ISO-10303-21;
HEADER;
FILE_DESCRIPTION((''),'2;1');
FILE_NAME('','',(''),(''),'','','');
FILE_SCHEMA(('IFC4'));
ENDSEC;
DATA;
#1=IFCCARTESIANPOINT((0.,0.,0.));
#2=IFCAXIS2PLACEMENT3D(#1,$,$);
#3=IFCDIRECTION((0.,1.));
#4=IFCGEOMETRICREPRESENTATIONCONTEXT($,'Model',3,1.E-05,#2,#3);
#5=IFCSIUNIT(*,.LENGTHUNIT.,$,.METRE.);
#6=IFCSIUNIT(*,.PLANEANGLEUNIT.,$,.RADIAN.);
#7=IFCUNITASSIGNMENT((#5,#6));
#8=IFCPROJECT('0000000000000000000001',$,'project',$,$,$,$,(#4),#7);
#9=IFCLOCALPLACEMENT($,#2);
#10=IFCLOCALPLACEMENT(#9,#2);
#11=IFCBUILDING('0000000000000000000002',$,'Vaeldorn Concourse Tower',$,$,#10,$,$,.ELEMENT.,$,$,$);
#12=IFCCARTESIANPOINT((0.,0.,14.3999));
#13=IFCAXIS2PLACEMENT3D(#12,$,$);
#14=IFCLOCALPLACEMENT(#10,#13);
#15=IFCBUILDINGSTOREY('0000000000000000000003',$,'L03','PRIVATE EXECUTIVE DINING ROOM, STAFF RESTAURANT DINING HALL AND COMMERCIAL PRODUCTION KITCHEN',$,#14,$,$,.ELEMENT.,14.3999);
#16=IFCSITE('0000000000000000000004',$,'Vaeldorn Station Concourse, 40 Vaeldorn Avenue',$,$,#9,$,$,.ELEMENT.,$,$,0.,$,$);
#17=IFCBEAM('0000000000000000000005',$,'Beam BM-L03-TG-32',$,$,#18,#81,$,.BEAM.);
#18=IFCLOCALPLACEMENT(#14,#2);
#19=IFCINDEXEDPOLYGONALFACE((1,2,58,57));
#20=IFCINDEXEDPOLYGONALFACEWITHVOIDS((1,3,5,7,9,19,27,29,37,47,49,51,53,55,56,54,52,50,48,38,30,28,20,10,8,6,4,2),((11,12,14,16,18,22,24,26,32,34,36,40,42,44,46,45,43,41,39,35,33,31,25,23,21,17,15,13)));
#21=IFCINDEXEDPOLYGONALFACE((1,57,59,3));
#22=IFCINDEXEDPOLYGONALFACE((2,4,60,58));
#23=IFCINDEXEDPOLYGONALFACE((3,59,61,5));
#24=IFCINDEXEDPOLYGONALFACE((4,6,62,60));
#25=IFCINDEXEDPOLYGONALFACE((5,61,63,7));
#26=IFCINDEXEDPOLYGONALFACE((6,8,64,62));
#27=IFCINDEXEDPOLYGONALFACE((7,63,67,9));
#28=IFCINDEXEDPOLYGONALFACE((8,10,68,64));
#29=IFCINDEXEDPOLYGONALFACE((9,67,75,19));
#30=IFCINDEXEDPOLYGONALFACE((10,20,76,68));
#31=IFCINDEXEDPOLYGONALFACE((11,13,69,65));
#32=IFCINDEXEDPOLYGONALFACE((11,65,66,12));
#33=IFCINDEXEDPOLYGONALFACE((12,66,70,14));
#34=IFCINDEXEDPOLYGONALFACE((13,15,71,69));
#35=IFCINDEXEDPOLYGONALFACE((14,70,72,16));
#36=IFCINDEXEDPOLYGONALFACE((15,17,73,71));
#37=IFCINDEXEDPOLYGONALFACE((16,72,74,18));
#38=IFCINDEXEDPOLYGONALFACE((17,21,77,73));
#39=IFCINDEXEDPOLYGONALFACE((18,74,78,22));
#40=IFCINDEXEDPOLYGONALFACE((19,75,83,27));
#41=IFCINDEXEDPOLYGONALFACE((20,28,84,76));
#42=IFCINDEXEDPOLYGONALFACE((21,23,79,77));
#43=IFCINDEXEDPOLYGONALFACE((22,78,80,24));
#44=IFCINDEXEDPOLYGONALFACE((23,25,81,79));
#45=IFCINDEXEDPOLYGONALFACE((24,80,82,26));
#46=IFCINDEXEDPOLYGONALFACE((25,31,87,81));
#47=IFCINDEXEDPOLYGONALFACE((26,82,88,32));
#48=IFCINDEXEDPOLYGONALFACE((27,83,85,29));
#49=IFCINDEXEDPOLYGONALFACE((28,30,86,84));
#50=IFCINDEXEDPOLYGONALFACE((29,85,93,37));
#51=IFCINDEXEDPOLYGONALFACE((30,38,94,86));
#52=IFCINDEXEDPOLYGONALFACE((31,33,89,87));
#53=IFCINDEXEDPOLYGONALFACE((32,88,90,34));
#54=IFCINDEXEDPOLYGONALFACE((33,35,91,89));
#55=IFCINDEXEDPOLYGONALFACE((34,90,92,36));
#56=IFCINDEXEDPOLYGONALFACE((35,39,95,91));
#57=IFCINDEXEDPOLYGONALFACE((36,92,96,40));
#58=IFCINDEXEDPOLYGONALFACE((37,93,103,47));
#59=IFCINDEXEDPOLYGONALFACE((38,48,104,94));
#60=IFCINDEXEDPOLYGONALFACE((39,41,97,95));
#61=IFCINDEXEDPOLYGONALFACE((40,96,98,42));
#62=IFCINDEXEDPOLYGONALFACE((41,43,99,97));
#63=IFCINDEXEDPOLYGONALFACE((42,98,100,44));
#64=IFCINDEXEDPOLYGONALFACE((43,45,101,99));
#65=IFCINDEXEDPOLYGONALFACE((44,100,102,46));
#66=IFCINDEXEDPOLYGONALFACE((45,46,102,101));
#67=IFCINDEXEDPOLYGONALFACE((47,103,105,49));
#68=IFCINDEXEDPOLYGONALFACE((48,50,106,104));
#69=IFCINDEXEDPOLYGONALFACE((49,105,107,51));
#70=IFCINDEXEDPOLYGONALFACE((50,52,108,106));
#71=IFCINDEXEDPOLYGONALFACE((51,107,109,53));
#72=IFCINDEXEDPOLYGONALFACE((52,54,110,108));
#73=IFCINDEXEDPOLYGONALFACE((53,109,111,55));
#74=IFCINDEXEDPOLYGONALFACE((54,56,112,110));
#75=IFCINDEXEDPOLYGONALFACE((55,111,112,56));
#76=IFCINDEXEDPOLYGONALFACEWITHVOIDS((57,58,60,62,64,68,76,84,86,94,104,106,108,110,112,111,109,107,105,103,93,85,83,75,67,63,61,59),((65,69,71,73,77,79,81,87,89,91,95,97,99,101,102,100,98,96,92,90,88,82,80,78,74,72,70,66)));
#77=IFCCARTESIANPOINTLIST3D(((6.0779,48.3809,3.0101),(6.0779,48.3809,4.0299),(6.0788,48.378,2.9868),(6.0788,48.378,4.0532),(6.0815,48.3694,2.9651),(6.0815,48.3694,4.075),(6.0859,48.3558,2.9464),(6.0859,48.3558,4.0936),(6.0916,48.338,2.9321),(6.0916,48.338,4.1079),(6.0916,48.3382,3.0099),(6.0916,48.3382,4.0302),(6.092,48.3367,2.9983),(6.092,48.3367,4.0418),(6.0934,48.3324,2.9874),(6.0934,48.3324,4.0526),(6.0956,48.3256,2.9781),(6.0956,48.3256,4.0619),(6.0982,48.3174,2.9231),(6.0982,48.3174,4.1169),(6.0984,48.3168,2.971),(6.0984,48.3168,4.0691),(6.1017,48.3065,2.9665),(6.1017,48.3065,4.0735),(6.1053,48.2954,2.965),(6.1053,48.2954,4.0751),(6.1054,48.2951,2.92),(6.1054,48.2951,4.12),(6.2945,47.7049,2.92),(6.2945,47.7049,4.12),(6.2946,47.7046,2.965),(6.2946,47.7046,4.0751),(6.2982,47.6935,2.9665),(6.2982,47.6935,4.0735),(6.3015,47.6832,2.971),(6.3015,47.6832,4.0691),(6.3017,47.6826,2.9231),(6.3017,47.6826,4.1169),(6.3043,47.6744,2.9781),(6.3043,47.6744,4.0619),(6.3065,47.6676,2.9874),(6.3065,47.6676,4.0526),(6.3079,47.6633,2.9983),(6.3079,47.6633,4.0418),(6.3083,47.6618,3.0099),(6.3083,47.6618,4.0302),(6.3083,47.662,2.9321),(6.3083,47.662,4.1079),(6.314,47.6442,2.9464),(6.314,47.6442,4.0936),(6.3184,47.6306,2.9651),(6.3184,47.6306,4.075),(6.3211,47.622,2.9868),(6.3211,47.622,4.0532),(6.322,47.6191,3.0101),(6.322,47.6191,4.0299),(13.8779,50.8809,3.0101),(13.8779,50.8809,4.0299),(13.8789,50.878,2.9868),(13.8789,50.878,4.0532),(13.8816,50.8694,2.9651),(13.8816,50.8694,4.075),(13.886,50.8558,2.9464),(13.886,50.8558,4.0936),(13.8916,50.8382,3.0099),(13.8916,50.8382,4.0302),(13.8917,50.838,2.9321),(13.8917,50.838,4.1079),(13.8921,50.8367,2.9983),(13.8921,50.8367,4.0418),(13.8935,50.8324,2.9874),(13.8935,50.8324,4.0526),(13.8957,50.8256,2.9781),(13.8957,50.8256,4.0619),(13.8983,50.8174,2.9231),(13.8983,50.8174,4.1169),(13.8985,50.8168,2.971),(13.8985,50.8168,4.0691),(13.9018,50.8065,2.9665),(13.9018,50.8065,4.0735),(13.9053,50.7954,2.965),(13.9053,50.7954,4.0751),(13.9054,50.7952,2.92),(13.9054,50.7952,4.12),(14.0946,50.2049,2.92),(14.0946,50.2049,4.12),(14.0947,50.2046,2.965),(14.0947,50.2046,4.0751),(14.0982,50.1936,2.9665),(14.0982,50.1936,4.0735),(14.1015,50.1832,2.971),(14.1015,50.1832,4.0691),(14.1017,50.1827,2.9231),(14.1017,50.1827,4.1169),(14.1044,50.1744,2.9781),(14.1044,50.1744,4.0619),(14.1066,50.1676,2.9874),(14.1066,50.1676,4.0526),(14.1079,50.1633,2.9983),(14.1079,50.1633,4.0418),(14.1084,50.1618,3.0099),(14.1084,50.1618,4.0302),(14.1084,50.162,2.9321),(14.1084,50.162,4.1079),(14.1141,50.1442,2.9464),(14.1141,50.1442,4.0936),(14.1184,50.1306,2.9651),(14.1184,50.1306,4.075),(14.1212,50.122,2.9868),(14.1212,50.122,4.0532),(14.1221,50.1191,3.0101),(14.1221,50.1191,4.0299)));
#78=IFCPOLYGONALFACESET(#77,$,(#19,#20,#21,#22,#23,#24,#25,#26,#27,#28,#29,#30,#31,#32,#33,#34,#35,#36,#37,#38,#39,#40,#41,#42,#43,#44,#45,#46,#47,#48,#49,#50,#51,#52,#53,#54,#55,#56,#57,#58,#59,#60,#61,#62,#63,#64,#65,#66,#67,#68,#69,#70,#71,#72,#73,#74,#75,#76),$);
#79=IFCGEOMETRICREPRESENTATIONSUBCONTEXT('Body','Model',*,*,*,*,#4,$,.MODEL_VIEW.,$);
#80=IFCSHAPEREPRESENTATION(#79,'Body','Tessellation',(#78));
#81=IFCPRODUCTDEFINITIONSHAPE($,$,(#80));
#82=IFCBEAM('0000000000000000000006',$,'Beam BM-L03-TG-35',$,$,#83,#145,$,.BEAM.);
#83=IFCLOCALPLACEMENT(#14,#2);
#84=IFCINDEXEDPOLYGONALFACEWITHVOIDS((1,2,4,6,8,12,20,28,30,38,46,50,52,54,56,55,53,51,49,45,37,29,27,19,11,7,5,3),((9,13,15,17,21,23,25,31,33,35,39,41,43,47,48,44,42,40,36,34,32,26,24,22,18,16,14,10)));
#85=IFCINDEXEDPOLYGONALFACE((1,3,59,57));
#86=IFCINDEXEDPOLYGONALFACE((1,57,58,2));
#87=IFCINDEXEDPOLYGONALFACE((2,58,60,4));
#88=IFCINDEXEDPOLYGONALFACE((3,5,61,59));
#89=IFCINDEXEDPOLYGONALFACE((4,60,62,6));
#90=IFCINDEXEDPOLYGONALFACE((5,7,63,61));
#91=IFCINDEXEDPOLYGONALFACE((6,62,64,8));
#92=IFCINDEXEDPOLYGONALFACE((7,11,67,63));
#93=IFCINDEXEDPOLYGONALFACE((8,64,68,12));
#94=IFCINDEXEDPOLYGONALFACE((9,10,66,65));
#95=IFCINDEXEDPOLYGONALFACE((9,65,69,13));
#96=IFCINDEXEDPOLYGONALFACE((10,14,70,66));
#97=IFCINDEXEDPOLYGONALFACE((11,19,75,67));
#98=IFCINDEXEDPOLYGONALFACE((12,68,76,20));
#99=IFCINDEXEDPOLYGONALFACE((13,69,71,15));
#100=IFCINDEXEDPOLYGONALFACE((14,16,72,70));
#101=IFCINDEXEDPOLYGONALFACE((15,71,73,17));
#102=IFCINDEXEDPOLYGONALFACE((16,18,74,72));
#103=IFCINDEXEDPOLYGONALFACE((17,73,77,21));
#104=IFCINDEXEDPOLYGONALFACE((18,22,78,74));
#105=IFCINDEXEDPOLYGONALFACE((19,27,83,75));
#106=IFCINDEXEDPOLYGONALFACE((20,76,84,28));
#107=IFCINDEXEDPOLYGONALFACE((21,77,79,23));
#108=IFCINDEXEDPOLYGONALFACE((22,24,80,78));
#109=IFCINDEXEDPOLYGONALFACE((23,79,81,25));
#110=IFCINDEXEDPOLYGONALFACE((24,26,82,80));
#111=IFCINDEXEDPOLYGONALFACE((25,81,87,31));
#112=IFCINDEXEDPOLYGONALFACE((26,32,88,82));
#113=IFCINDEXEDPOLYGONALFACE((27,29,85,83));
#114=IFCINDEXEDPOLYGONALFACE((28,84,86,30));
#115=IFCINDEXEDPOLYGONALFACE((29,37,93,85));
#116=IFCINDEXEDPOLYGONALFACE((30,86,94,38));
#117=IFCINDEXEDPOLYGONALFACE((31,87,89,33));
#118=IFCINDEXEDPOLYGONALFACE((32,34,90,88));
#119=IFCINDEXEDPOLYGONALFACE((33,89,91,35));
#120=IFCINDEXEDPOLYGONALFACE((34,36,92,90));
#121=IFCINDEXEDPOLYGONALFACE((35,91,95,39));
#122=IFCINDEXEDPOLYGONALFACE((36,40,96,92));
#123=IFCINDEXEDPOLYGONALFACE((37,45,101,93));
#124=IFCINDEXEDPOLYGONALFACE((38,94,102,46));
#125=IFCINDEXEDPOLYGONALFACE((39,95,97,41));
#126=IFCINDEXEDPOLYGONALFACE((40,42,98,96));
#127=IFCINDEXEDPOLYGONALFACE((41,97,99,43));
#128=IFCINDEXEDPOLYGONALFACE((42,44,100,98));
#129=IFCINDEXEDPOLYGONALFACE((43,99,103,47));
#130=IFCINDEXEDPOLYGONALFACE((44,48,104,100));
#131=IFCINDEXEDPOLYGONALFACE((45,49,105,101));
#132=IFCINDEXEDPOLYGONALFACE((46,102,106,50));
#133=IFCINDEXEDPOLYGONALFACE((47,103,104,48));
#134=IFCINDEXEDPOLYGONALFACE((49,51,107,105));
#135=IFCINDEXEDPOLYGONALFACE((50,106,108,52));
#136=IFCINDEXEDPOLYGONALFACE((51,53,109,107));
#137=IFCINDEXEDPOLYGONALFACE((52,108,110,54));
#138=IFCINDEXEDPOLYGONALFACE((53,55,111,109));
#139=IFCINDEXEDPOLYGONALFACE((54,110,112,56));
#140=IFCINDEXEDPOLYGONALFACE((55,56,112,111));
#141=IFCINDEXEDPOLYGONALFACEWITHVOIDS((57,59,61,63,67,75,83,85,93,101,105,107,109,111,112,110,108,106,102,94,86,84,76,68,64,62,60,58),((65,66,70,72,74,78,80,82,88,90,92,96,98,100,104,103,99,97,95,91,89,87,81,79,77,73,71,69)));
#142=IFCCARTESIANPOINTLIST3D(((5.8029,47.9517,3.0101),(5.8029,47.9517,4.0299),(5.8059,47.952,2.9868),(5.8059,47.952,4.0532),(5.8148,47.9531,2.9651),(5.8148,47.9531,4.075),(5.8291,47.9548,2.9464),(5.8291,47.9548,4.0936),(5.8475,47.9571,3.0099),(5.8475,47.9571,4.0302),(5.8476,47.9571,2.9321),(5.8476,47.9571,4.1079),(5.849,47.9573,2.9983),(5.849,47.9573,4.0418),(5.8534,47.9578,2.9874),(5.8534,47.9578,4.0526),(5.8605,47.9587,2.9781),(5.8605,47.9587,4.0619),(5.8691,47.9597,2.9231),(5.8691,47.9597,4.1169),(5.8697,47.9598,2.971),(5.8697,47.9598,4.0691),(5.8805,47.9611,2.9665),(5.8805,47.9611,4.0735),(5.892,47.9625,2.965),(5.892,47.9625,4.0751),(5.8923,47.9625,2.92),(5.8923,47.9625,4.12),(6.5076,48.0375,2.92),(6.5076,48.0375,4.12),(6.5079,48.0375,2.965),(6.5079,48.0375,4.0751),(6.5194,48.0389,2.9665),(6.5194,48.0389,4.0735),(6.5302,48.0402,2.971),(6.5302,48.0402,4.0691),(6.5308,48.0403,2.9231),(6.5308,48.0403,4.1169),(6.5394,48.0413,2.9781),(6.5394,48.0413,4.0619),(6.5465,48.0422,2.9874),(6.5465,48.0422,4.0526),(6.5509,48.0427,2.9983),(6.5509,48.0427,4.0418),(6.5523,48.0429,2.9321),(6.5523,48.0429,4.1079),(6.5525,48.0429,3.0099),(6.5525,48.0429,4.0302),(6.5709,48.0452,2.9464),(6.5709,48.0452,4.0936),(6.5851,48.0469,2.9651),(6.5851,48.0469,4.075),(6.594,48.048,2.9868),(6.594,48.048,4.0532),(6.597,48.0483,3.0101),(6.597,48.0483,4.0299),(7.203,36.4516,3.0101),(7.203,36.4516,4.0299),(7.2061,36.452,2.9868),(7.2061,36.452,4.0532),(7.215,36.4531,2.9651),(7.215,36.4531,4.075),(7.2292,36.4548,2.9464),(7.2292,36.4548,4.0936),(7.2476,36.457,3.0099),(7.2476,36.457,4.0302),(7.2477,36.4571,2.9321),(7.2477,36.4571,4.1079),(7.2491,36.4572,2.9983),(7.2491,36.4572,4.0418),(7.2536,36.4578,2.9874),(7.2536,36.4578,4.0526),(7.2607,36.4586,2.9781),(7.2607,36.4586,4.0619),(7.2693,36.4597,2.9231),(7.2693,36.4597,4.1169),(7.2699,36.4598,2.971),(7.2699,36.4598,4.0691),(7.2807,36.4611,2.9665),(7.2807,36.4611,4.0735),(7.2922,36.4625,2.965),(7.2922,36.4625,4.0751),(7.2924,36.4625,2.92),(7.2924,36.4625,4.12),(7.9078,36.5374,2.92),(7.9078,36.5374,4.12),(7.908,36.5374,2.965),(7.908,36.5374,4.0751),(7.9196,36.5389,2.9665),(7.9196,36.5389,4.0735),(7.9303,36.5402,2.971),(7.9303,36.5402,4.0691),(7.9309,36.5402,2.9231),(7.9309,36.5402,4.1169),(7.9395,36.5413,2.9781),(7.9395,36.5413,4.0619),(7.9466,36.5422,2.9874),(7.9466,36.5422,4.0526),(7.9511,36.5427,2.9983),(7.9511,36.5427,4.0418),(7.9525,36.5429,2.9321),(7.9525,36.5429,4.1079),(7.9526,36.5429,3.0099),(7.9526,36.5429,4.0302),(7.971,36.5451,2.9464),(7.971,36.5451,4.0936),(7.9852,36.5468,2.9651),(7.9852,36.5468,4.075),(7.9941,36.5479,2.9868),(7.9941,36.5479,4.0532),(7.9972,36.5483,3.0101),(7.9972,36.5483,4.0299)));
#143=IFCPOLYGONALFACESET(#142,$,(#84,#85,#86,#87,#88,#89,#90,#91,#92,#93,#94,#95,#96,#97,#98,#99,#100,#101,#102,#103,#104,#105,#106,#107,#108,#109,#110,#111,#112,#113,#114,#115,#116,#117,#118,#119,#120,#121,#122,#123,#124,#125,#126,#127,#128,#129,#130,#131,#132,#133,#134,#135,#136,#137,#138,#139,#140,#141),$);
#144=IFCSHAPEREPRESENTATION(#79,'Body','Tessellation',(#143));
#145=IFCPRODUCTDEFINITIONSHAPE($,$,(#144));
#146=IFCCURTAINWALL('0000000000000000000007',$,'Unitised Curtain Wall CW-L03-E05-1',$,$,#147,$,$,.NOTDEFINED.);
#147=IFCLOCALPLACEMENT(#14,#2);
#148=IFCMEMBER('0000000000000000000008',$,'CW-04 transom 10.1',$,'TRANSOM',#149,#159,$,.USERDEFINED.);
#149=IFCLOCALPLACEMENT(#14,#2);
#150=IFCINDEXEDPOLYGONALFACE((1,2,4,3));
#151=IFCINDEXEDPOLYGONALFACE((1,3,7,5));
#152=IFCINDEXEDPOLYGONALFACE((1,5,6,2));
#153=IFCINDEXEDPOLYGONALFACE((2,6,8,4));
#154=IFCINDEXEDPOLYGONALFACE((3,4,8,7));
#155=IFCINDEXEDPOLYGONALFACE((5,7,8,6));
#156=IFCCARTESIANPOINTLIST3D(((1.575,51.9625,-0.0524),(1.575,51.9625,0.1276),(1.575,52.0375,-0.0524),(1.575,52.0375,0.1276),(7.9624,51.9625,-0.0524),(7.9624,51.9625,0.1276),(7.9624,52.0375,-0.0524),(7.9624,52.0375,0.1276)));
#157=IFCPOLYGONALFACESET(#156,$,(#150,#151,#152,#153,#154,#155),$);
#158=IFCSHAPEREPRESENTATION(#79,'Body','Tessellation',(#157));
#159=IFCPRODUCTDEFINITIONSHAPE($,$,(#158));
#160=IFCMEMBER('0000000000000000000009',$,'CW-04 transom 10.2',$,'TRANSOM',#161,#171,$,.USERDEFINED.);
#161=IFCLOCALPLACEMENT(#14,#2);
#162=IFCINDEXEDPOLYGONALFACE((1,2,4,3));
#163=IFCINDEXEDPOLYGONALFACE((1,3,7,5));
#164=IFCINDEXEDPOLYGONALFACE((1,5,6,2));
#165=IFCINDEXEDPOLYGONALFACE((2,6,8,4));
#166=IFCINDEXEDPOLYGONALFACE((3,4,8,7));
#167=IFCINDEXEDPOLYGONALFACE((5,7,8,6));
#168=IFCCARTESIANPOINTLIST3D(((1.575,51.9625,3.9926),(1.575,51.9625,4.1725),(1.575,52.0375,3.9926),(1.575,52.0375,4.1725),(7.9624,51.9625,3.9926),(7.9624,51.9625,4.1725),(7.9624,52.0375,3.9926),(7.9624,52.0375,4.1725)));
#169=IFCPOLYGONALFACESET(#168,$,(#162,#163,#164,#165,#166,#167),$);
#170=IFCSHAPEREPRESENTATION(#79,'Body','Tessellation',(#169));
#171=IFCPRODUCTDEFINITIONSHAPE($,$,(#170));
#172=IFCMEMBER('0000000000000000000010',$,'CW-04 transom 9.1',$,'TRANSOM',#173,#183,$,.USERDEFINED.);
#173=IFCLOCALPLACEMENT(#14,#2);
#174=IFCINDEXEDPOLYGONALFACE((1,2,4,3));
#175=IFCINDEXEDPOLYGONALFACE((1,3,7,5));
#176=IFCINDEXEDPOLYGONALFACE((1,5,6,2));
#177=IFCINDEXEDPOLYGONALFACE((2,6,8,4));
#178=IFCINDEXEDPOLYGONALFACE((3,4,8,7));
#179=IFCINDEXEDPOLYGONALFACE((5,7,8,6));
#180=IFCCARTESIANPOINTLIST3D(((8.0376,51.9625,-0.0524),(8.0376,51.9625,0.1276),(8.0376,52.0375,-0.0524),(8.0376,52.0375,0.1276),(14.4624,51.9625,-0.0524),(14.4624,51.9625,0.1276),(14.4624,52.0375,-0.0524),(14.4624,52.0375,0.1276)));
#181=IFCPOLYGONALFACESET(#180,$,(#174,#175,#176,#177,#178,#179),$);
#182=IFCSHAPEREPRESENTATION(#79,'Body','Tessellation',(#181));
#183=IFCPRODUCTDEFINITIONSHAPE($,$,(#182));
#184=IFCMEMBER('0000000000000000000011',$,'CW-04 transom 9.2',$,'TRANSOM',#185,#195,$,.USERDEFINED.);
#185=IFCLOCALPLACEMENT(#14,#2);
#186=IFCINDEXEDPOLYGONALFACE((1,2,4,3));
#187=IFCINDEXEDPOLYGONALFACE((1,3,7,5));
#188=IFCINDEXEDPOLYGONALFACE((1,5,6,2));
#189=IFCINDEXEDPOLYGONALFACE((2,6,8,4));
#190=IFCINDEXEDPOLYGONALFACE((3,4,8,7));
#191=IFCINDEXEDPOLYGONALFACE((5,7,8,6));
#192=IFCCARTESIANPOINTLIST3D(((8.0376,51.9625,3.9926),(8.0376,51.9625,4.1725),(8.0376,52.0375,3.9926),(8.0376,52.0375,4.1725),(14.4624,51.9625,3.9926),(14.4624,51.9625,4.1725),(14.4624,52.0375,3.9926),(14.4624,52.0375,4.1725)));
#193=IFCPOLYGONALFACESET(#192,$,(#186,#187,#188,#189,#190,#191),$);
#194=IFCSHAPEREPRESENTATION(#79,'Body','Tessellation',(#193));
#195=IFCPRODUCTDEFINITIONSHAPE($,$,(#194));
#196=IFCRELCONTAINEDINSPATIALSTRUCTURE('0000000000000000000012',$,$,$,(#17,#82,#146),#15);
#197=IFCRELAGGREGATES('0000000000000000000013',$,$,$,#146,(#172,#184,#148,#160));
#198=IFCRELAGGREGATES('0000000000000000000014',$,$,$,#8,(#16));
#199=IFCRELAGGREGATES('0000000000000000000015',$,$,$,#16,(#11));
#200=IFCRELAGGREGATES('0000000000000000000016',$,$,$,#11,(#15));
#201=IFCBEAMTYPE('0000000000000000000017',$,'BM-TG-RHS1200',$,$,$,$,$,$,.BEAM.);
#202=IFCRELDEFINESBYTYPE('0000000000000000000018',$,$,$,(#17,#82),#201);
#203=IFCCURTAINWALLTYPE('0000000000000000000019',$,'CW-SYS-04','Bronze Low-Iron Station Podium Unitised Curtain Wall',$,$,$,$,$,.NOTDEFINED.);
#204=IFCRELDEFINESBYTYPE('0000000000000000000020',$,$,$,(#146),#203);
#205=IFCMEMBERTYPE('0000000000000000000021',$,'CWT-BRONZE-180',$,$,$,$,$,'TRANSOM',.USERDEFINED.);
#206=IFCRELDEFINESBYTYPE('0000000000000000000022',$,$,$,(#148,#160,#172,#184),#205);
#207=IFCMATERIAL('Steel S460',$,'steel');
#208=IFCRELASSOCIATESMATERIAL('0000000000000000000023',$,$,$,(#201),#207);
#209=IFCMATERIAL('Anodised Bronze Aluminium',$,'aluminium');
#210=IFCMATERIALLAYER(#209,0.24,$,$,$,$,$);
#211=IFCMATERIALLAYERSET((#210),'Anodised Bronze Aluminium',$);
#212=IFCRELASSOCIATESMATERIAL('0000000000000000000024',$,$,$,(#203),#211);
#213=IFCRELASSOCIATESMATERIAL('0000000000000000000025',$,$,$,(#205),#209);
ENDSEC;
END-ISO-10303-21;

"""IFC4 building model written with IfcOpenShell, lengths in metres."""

from ifc_helpers import new_model, si_unit, direction, frame, origin, origin_2d, place, context, subcontext, project, spatial, rectangle, hollow_rectangle, extrude, source, transform, mapped, material, layer, layer_set, material_profile, profile_set, type_object, element, aggregate, save


model = new_model("IFC4")

# Units and contexts
model_context = context("Model", 3, precision=1e-05, world=origin(), true_north=direction((0.0, 1.0)))
body_context = subcontext(model_context, "Body", "Model", "MODEL_VIEW")
ifc_project = project(units=[si_unit("LENGTHUNIT", "METRE"), si_unit("PLANEANGLEUNIT", "RADIAN")], contexts=[model_context])

# Site, building, storey
site_placement = place(None, origin())
site = spatial("IfcSite", under=ifc_project, at=site_placement, Name="Vaeldorn Station Concourse, 40 Vaeldorn Avenue", CompositionType="ELEMENT", RefElevation=0.0)
building_placement = place(site_placement, origin())
building = spatial("IfcBuilding", under=site, at=building_placement, Name="Vaeldorn Concourse Tower", CompositionType="ELEMENT")
storey_placement = place(building_placement, frame((0.0, 0.0, 14.3999)))
storey = spatial("IfcBuildingStorey", under=building, at=storey_placement, Name="L03", Description="PRIVATE EXECUTIVE DINING ROOM, STAFF RESTAURANT DINING HALL AND COMMERCIAL PRODUCTION KITCHEN", CompositionType="ELEMENT", Elevation=14.3999)

# Shared definitions
ifc_material_1 = material(Name="Steel S460", Category="steel")

# Beams
ifc_material_profile_1 = material_profile(ifc_material_1, hollow_rectangle(XDim=0.8, YDim=1.2, WallThickness=0.0449, InnerFilletRadius=0.0449, OuterFilletRadius=0.0901, at=origin_2d()), Name="RHS 1200x800x45")
ifc_profile_set_1 = profile_set([ifc_material_profile_1], Name="Steel S460")
beam_type = type_object("IfcBeamType", Name="BM-TG-RHS1200", PredefinedType="BEAM", material=ifc_profile_set_1)
shared_shape_1 = source(origin(), body_context, "Body", "SweptSolid", [
    extrude(hollow_rectangle(XDim=0.8, YDim=1.2, WallThickness=0.0449, InnerFilletRadius=0.0449, OuterFilletRadius=0.0901, at=origin_2d()), origin(), (0.0, 0.0, 1.0), 8.1909),
])
beam_1_placement = place(storey_placement, frame((6.2, 48.0, 3.52), z_axis=(0.952283, 0.305217, 0.0), x_axis=(-0.305217, 0.952283, 0.0)))
element("IfcBeam", 1, at=beam_1_placement, inside=storey, type_object=beam_type, Name="Beam BM-L03-TG-32", PredefinedType="BEAM", context=body_context, shape_type="MappedRepresentation", body=[
    mapped(shared_shape_1, transform((0.0, 0.0, 0.0), scale=1.0)),
])
shared_shape_2 = source(origin(), body_context, "Body", "SweptSolid", [
    extrude(hollow_rectangle(XDim=0.8, YDim=1.2, WallThickness=0.0449, InnerFilletRadius=0.0449, OuterFilletRadius=0.0901, at=origin_2d()), origin(), (0.0, 0.0, 1.0), 11.585),
])
beam_2_placement = place(storey_placement, frame((6.2, 48.0, 3.52), z_axis=(0.120859, -0.99267, 0.0), x_axis=(0.99267, 0.120859, 0.0)))
element("IfcBeam", 2, at=beam_2_placement, inside=storey, type_object=beam_type, Name="Beam BM-L03-TG-35", PredefinedType="BEAM", context=body_context, shape_type="MappedRepresentation", body=[
    mapped(shared_shape_2, transform((0.0, 0.0, 0.0), scale=1.0)),
])

# Curtain wall, members
ifc_material_2 = material(Name="Anodised Bronze Aluminium", Category="aluminium")
ifc_layer_1 = layer(ifc_material_2, 0.24)
ifc_layer_set_1 = layer_set([ifc_layer_1], Name="Anodised Bronze Aluminium")
curtain_wall_type = type_object("IfcCurtainWallType", Name="CW-SYS-04", Description="Bronze Low-Iron Station Podium Unitised Curtain Wall", PredefinedType="NOTDEFINED", material=ifc_layer_set_1)
curtain_wall_1_placement = place(storey_placement, origin())
curtain_wall_1 = element("IfcCurtainWall", 3, at=curtain_wall_1_placement, inside=storey, type_object=curtain_wall_type, Name="Unitised Curtain Wall CW-L03-E05-1", PredefinedType="NOTDEFINED")
ifc_material_profile_2 = material_profile(ifc_material_2, rectangle(XDim=0.075, YDim=0.1799, at=origin_2d()), Name="CWT 75x180")
ifc_profile_set_2 = profile_set([ifc_material_profile_2], Name="Anodised Bronze Aluminium")
member_type_1 = type_object("IfcMemberType", Name="CWT-BRONZE-180", ElementType="TRANSOM", PredefinedType="USERDEFINED", material=ifc_profile_set_2)
shared_shape_3 = source(origin(), body_context, "Body", "SweptSolid", [
    extrude(rectangle(XDim=0.075, YDim=0.1799, at=origin_2d()), origin(), (0.0, 0.0, 1.0), 6.3875),
])
member_1_placement = place(storey_placement, frame((7.9624, 52.0, 0.0376), z_axis=(-1.0, 0.0, 0.0), x_axis=(0.0, -1.0, 0.0)))
member_1 = element("IfcMember", 4, at=member_1_placement, type_object=member_type_1, Name="CW-04 transom 10.1", ObjectType="TRANSOM", PredefinedType="USERDEFINED", context=body_context, shape_type="MappedRepresentation", body=[
    mapped(shared_shape_3, transform((0.0, 0.0, 0.0), scale=1.0)),
])
member_2_placement = place(storey_placement, frame((7.9624, 52.0, 4.0825), z_axis=(-1.0, 0.0, 0.0), x_axis=(0.0, -1.0, 0.0)))
member_2 = element("IfcMember", 5, at=member_2_placement, type_object=member_type_1, Name="CW-04 transom 10.2", ObjectType="TRANSOM", PredefinedType="USERDEFINED", context=body_context, shape_type="MappedRepresentation", body=[
    mapped(shared_shape_3, transform((0.0, 0.0, 0.0), scale=1.0)),
])
shared_shape_4 = source(origin(), body_context, "Body", "SweptSolid", [
    extrude(rectangle(XDim=0.075, YDim=0.1799, at=origin_2d()), origin(), (0.0, 0.0, 1.0), 6.4248),
])
member_3_placement = place(storey_placement, frame((14.4624, 52.0, 0.0376), z_axis=(-1.0, 0.0, 0.0), x_axis=(0.0, -1.0, 0.0)))
member_3 = element("IfcMember", 6, at=member_3_placement, type_object=member_type_1, Name="CW-04 transom 9.1", ObjectType="TRANSOM", PredefinedType="USERDEFINED", context=body_context, shape_type="MappedRepresentation", body=[
    mapped(shared_shape_4, transform((0.0, 0.0, 0.0), scale=1.0)),
])
member_4_placement = place(storey_placement, frame((14.4624, 52.0, 4.0825), z_axis=(-1.0, 0.0, 0.0), x_axis=(0.0, -1.0, 0.0)))
member_4 = element("IfcMember", 7, at=member_4_placement, type_object=member_type_1, Name="CW-04 transom 9.2", ObjectType="TRANSOM", PredefinedType="USERDEFINED", context=body_context, shape_type="MappedRepresentation", body=[
    mapped(shared_shape_4, transform((0.0, 0.0, 0.0), scale=1.0)),
])

aggregate(curtain_wall_1, [member_3, member_4, member_1, member_2])

save(model, "model.ifc")
